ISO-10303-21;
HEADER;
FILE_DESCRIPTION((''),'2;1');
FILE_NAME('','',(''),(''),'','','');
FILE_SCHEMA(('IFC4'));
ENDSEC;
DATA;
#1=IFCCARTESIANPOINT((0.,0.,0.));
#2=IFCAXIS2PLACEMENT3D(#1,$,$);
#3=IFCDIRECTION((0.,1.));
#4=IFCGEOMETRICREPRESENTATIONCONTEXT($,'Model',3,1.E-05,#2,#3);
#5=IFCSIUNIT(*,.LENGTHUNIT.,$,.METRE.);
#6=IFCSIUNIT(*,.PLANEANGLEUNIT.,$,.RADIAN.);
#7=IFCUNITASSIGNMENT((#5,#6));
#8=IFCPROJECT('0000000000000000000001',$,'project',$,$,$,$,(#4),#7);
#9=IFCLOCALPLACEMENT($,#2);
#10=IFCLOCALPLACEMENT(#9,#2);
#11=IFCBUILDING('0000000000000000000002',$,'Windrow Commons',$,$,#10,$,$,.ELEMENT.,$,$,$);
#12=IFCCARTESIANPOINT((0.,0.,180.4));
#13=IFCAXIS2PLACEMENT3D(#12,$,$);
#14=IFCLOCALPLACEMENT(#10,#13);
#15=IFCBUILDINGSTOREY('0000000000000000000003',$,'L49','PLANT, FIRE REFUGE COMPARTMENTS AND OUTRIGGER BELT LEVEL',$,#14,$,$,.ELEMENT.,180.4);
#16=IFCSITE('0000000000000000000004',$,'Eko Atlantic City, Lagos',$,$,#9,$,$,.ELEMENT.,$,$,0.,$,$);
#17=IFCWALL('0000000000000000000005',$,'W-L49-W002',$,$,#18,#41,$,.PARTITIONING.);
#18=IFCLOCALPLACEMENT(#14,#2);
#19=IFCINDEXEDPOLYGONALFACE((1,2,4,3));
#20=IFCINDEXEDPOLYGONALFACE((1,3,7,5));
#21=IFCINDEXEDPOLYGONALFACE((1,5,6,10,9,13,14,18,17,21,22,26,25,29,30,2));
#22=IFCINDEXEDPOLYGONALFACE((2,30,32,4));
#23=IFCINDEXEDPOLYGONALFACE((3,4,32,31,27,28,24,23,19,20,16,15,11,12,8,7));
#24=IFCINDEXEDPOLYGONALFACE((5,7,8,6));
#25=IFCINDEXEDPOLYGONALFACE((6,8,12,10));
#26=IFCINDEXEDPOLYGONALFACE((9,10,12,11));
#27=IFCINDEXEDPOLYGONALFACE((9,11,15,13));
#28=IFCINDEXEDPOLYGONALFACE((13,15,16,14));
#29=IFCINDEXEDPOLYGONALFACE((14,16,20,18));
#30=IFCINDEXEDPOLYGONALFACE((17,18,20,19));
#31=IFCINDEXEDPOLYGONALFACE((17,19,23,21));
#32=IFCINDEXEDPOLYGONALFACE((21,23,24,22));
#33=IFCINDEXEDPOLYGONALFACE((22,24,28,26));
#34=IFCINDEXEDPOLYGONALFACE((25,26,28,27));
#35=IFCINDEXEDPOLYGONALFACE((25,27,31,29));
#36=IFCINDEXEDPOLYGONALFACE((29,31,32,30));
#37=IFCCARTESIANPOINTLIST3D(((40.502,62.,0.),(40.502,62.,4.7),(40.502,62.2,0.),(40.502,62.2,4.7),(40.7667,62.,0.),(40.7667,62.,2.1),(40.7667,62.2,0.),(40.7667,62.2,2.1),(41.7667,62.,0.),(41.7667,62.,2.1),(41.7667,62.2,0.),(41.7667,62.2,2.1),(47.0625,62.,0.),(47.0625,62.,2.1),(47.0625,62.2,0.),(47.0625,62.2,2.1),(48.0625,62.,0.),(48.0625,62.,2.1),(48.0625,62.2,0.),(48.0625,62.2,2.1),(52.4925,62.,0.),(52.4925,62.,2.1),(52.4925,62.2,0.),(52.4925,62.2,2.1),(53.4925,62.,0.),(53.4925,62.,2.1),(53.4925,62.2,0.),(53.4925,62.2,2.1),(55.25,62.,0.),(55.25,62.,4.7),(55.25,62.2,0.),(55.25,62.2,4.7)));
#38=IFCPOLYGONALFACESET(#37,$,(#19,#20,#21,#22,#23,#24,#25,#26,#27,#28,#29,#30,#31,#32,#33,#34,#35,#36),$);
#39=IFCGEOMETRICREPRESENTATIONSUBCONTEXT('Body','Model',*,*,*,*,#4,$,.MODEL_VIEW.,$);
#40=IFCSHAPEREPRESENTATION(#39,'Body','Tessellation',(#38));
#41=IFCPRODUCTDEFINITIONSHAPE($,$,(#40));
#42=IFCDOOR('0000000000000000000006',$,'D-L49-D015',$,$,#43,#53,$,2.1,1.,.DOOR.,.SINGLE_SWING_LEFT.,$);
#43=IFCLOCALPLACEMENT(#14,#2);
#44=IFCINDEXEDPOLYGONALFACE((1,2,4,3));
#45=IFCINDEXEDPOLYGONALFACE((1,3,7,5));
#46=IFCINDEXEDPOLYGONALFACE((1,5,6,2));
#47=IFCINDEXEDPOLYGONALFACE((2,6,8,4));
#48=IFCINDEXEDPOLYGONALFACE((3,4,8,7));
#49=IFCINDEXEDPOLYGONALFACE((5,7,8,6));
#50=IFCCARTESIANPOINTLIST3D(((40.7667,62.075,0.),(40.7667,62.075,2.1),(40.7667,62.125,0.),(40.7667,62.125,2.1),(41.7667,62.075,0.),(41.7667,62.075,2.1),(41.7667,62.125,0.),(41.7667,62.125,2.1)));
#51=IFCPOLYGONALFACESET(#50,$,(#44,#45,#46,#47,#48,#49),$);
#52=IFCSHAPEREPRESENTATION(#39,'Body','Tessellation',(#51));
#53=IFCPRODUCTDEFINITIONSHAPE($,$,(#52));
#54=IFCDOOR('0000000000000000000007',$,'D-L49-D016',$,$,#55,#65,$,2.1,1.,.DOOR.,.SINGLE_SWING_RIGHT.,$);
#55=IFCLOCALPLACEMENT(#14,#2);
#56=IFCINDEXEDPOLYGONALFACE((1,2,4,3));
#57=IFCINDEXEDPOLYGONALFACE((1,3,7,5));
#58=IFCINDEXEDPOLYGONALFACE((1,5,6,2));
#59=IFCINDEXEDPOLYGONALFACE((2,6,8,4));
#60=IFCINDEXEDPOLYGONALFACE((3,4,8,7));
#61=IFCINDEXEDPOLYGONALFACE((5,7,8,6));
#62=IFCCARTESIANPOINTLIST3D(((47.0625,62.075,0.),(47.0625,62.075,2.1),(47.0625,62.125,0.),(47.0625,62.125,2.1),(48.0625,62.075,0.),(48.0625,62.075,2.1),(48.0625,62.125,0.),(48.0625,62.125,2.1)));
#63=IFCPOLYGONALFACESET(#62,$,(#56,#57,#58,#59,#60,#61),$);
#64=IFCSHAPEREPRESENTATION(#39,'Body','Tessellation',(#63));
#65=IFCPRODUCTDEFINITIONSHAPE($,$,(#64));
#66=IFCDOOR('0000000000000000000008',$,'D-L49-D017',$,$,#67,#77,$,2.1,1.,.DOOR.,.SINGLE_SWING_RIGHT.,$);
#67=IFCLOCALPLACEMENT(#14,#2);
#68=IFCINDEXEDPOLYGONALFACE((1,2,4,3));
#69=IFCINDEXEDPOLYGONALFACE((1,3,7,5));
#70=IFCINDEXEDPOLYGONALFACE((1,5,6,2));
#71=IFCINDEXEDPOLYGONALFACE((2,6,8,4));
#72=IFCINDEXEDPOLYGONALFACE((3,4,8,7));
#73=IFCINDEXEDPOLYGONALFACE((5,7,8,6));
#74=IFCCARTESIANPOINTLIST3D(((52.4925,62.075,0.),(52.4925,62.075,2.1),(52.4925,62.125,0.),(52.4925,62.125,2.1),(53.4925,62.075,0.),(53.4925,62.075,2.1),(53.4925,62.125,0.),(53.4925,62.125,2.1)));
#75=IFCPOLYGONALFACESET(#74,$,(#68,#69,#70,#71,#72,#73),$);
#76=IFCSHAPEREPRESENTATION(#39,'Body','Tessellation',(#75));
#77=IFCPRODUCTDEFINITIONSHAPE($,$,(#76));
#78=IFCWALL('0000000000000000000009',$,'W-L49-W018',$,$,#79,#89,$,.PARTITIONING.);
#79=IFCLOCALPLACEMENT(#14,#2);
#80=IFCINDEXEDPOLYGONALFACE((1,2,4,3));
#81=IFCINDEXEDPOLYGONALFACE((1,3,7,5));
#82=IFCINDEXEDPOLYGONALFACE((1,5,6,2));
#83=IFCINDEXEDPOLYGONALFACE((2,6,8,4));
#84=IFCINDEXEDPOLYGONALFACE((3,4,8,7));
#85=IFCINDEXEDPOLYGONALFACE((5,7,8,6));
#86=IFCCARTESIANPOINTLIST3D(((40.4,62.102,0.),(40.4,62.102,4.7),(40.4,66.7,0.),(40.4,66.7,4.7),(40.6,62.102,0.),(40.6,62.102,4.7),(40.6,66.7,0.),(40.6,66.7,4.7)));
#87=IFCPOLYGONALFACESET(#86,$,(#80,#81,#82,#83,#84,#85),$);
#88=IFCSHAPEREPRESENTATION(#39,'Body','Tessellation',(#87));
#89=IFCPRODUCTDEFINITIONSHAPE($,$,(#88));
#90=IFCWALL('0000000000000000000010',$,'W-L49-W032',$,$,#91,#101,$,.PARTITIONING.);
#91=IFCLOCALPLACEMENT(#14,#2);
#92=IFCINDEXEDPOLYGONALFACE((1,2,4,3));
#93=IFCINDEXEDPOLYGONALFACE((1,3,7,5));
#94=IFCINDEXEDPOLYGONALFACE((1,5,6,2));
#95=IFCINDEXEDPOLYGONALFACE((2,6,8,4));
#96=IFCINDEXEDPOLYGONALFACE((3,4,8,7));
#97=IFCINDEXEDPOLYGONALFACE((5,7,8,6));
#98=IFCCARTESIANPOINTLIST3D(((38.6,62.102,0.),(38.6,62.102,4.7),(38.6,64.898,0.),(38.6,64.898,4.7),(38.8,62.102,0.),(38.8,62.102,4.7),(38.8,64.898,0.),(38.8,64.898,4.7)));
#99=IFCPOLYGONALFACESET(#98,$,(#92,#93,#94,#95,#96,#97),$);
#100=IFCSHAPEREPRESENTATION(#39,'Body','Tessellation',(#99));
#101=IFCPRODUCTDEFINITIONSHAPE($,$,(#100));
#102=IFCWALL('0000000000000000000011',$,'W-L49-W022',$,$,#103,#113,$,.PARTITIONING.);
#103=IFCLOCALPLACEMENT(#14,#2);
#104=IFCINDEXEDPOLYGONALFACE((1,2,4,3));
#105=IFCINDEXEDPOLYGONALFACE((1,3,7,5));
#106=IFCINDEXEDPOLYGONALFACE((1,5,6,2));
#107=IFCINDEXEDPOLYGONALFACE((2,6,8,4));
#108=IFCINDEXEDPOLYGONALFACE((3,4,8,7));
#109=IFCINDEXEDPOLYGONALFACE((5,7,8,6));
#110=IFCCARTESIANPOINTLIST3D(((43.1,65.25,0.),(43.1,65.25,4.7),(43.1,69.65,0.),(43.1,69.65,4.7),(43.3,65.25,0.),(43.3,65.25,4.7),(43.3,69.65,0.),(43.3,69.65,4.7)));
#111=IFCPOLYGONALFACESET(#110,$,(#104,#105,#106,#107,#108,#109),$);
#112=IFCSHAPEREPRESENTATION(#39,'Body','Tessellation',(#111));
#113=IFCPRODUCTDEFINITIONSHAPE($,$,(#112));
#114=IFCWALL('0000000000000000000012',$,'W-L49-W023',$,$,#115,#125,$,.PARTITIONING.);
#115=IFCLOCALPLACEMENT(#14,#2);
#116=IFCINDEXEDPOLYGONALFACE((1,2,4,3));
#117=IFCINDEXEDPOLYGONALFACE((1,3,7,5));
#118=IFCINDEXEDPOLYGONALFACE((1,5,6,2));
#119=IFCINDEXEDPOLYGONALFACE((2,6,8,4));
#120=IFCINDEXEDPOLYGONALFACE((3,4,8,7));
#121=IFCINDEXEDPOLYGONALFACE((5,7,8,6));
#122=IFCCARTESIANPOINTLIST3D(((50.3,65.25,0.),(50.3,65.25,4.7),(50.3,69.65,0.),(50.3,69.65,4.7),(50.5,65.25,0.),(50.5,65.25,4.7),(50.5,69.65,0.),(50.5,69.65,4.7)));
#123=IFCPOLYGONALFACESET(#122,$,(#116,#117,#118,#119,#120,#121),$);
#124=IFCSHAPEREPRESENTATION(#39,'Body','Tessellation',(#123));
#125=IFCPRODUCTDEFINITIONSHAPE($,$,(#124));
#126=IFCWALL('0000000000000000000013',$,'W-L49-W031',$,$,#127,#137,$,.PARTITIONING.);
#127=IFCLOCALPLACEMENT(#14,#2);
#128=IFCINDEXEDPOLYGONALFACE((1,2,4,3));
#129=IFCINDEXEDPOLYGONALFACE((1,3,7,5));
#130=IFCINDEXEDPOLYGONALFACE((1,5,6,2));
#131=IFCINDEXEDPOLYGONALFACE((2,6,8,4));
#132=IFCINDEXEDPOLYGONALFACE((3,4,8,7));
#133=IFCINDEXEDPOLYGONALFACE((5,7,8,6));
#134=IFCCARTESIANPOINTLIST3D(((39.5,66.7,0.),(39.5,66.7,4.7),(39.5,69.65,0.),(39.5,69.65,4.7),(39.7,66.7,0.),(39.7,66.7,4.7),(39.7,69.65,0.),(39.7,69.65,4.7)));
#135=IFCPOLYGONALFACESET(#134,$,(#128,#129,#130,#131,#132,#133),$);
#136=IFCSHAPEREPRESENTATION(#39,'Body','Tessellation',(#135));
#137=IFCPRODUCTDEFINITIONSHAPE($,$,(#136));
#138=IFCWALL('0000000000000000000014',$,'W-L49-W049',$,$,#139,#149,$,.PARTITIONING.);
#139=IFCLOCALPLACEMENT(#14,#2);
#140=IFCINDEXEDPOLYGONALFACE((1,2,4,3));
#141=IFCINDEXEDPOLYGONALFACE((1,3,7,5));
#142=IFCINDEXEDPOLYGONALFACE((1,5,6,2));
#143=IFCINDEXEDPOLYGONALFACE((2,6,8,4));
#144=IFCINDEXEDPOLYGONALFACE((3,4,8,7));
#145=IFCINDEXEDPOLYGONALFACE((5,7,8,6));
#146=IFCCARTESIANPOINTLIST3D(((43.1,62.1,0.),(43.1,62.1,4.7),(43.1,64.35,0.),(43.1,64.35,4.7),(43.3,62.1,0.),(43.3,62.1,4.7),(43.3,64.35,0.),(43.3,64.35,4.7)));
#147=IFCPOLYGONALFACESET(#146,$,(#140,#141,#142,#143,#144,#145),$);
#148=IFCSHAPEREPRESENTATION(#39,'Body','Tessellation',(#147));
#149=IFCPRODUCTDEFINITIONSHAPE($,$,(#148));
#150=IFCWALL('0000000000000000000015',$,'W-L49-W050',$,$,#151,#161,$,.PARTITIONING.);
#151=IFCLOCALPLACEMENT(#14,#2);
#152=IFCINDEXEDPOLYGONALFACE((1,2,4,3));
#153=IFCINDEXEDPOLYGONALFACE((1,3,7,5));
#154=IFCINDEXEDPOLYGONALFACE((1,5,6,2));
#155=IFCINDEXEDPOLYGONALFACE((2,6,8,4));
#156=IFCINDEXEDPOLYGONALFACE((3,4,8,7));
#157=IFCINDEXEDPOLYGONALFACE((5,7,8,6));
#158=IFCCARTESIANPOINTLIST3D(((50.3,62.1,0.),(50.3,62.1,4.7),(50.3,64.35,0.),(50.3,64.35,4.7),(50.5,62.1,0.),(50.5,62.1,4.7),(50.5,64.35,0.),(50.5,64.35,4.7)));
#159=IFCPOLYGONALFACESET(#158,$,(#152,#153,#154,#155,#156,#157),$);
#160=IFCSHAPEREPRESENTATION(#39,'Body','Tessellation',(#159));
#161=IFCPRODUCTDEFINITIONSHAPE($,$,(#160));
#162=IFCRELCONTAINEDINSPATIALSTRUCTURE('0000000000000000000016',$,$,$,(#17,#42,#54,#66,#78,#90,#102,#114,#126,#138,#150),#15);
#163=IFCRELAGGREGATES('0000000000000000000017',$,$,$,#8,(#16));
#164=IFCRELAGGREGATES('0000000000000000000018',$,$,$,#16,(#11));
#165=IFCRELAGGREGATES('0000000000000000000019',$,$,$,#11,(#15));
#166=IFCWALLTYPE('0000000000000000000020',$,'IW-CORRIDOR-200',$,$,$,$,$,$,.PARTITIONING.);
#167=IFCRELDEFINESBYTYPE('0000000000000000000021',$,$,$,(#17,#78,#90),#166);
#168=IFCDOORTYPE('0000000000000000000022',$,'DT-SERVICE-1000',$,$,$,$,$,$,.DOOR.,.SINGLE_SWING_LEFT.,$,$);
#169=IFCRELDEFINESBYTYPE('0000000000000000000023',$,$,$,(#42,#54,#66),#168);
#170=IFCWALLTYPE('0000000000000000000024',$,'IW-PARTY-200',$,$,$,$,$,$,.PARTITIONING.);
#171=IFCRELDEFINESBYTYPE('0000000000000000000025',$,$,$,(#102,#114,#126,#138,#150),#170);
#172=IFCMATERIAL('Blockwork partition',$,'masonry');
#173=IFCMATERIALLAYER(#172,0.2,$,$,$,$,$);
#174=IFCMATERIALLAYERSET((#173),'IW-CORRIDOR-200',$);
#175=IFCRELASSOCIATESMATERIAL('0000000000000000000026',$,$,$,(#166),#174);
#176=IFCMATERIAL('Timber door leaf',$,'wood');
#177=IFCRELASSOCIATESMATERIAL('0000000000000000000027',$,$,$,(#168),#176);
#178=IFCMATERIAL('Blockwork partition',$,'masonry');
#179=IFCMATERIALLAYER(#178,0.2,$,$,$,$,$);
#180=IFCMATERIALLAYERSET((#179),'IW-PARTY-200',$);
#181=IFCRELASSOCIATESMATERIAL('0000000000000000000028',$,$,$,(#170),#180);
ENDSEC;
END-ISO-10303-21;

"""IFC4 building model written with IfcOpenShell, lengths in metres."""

from ifc_helpers import new_model, si_unit, direction, frame, frame_2d, origin, place, context, subcontext, project, spatial, rectangle, extrude, material, layer, layer_set, type_object, element, fill, save


model = new_model("IFC4")

# Units and contexts
model_context = context("Model", 3, precision=1e-05, world=origin(), true_north=direction((0.0, 1.0)))
body_context = subcontext(model_context, "Body", "Model", "MODEL_VIEW")
ifc_project = project(units=[si_unit("LENGTHUNIT", "METRE"), si_unit("PLANEANGLEUNIT", "RADIAN")], contexts=[model_context])

# Site, building, storey
site_placement = place(None, origin())
site = spatial("IfcSite", under=ifc_project, at=site_placement, Name="Eko Atlantic City, Lagos", CompositionType="ELEMENT", RefElevation=0.0)
building_placement = place(site_placement, origin())
building = spatial("IfcBuilding", under=site, at=building_placement, Name="Windrow Commons", CompositionType="ELEMENT")
storey_placement = place(building_placement, frame((0.0, 0.0, 180.4)))
storey = spatial("IfcBuildingStorey", under=building, at=storey_placement, Name="L49", Description="PLANT, FIRE REFUGE COMPARTMENTS AND OUTRIGGER BELT LEVEL", CompositionType="ELEMENT", Elevation=180.4)

# Wall, openings, doors
ifc_material_1 = material(Name="Blockwork partition", Category="masonry")
ifc_layer_1 = layer(ifc_material_1, 0.2)
ifc_layer_set_1 = layer_set([ifc_layer_1], Name="IW-CORRIDOR-200")
wall_type_1 = type_object("IfcWallType", Name="IW-CORRIDOR-200", PredefinedType="PARTITIONING", material=ifc_layer_set_1)
wall_1_placement = place(storey_placement, frame((40.502, 62.1, 0.0), z_axis=(0.0, 0.0, 1.0), x_axis=(1.0, 0.0, 0.0)))
wall_1 = element("IfcWall", 1, at=wall_1_placement, inside=storey, type_object=wall_type_1, Name="W-L49-W002", PredefinedType="PARTITIONING", context=body_context, shape_type="SweptSolid", body=[
    extrude(rectangle(XDim=14.748, YDim=0.2, at=frame_2d((7.374, 0.0))), origin(), (0.0, 0.0, 1.0), 4.7),
])
opening_1_placement = place(wall_1_placement, frame((0.2647, 0.0, 0.0)))
opening_1 = element("IfcOpeningElement", 2, at=opening_1_placement, cuts=wall_1, PredefinedType="OPENING", context=body_context, shape_type="SweptSolid", body=[
    extrude(rectangle(XDim=1.0, YDim=2.1, at=frame_2d((0.5, 1.05))), frame((0.0, 0.11, 0.0), z_axis=(0.0, -1.0, 0.0), x_axis=(1.0, 0.0, 0.0)), (0.0, 0.0, 1.0), 0.22),
])
opening_2_placement = place(wall_1_placement, frame((6.5605, 0.0, 0.0)))
opening_2 = element("IfcOpeningElement", 3, at=opening_2_placement, cuts=wall_1, PredefinedType="OPENING", context=body_context, shape_type="SweptSolid", body=[
    extrude(rectangle(XDim=1.0, YDim=2.1, at=frame_2d((0.5, 1.05))), frame((0.0, 0.11, 0.0), z_axis=(0.0, -1.0, 0.0), x_axis=(1.0, 0.0, 0.0)), (0.0, 0.0, 1.0), 0.22),
])
opening_3_placement = place(wall_1_placement, frame((11.9905, 0.0, 0.0)))
opening_3 = element("IfcOpeningElement", 4, at=opening_3_placement, cuts=wall_1, PredefinedType="OPENING", context=body_context, shape_type="SweptSolid", body=[
    extrude(rectangle(XDim=1.0, YDim=2.1, at=frame_2d((0.5, 1.05))), frame((0.0, 0.11, 0.0), z_axis=(0.0, -1.0, 0.0), x_axis=(1.0, 0.0, 0.0)), (0.0, 0.0, 1.0), 0.22),
])
ifc_material_2 = material(Name="Timber door leaf", Category="wood")
door_type = type_object("IfcDoorType", Name="DT-SERVICE-1000", OperationType="SINGLE_SWING_LEFT", PredefinedType="DOOR", material=ifc_material_2)
door_1_placement = place(opening_1_placement, origin())
door_1 = element("IfcDoor", 5, at=door_1_placement, inside=storey, type_object=door_type, Name="D-L49-D015", OperationType="SINGLE_SWING_LEFT", OverallHeight=2.1, OverallWidth=1.0, PredefinedType="DOOR", context=body_context, shape_type="SweptSolid", body=[
    extrude(rectangle(XDim=1.0, YDim=2.1, at=frame_2d((0.5, 1.05))), frame((0.0, 0.025, 0.0), z_axis=(0.0, -1.0, 0.0), x_axis=(1.0, 0.0, 0.0)), (0.0, 0.0, 1.0), 0.05),
])
fill(opening_1, door_1)
door_2_placement = place(opening_2_placement, origin())
door_2 = element("IfcDoor", 6, at=door_2_placement, inside=storey, type_object=door_type, Name="D-L49-D016", OperationType="SINGLE_SWING_RIGHT", OverallHeight=2.1, OverallWidth=1.0, PredefinedType="DOOR", context=body_context, shape_type="SweptSolid", body=[
    extrude(rectangle(XDim=1.0, YDim=2.1, at=frame_2d((0.5, 1.05))), frame((0.0, 0.025, 0.0), z_axis=(0.0, -1.0, 0.0), x_axis=(1.0, 0.0, 0.0)), (0.0, 0.0, 1.0), 0.05),
])
fill(opening_2, door_2)
door_3_placement = place(opening_3_placement, origin())
door_3 = element("IfcDoor", 7, at=door_3_placement, inside=storey, type_object=door_type, Name="D-L49-D017", OperationType="SINGLE_SWING_RIGHT", OverallHeight=2.1, OverallWidth=1.0, PredefinedType="DOOR", context=body_context, shape_type="SweptSolid", body=[
    extrude(rectangle(XDim=1.0, YDim=2.1, at=frame_2d((0.5, 1.05))), frame((0.0, 0.025, 0.0), z_axis=(0.0, -1.0, 0.0), x_axis=(1.0, 0.0, 0.0)), (0.0, 0.0, 1.0), 0.05),
])
fill(opening_3, door_3)

# Walls
wall_2_placement = place(storey_placement, frame((40.5, 62.102, 0.0), z_axis=(0.0, 0.0, 1.0), x_axis=(0.0, 1.0, 0.0)))
element("IfcWall", 8, at=wall_2_placement, inside=storey, type_object=wall_type_1, Name="W-L49-W018", PredefinedType="PARTITIONING", context=body_context, shape_type="SweptSolid", body=[
    extrude(rectangle(XDim=4.598, YDim=0.2, at=frame_2d((2.299, 0.0))), origin(), (0.0, 0.0, 1.0), 4.7),
])
wall_3_placement = place(storey_placement, frame((38.7, 62.102, 0.0), z_axis=(0.0, 0.0, 1.0), x_axis=(0.0, 1.0, 0.0)))
element("IfcWall", 9, at=wall_3_placement, inside=storey, type_object=wall_type_1, Name="W-L49-W032", PredefinedType="PARTITIONING", context=body_context, shape_type="SweptSolid", body=[
    extrude(rectangle(XDim=2.796, YDim=0.2, at=frame_2d((1.398, 0.0))), origin(), (0.0, 0.0, 1.0), 4.7),
])
ifc_material_3 = material(Name="Blockwork partition", Category="masonry")
ifc_layer_2 = layer(ifc_material_3, 0.2)
ifc_layer_set_2 = layer_set([ifc_layer_2], Name="IW-PARTY-200")
wall_type_2 = type_object("IfcWallType", Name="IW-PARTY-200", PredefinedType="PARTITIONING", material=ifc_layer_set_2)
for number, where, z_axis, x_axis, name in (
    (10, (43.2, 65.25, 0.0), (0.0, 0.0, 1.0), (0.0, 1.0, 0.0), "W-L49-W022"),
    (11, (50.4, 65.25, 0.0), (0.0, 0.0, 1.0), (0.0, 1.0, 0.0), "W-L49-W023"),
):
    element("IfcWall", number, at=place(storey_placement, frame(where, z_axis=z_axis, x_axis=x_axis)), inside=storey, type_object=wall_type_2, Name=name, PredefinedType="PARTITIONING", context=body_context, shape_type="SweptSolid", body=[
        extrude(rectangle(XDim=4.4, YDim=0.2, at=frame_2d((2.2, 0.0))), origin(), (0.0, 0.0, 1.0), 4.7),
    ])
wall_4_placement = place(storey_placement, frame((39.6, 66.7, 0.0), z_axis=(0.0, 0.0, 1.0), x_axis=(0.0, 1.0, 0.0)))
element("IfcWall", 12, at=wall_4_placement, inside=storey, type_object=wall_type_2, Name="W-L49-W031", PredefinedType="PARTITIONING", context=body_context, shape_type="SweptSolid", body=[
    extrude(rectangle(XDim=2.95, YDim=0.2, at=frame_2d((1.475, 0.0))), origin(), (0.0, 0.0, 1.0), 4.7),
])
for number, where, z_axis, x_axis, name in (
    (13, (43.2, 62.1, 0.0), (0.0, 0.0, 1.0), (0.0, 1.0, 0.0), "W-L49-W049"),
    (14, (50.4, 62.1, 0.0), (0.0, 0.0, 1.0), (0.0, 1.0, 0.0), "W-L49-W050"),
):
    element("IfcWall", number, at=place(storey_placement, frame(where, z_axis=z_axis, x_axis=x_axis)), inside=storey, type_object=wall_type_2, Name=name, PredefinedType="PARTITIONING", context=body_context, shape_type="SweptSolid", body=[
        extrude(rectangle(XDim=2.25, YDim=0.2, at=frame_2d((1.125, 0.0))), origin(), (0.0, 0.0, 1.0), 4.7),
    ])

save(model, "model.ifc")
